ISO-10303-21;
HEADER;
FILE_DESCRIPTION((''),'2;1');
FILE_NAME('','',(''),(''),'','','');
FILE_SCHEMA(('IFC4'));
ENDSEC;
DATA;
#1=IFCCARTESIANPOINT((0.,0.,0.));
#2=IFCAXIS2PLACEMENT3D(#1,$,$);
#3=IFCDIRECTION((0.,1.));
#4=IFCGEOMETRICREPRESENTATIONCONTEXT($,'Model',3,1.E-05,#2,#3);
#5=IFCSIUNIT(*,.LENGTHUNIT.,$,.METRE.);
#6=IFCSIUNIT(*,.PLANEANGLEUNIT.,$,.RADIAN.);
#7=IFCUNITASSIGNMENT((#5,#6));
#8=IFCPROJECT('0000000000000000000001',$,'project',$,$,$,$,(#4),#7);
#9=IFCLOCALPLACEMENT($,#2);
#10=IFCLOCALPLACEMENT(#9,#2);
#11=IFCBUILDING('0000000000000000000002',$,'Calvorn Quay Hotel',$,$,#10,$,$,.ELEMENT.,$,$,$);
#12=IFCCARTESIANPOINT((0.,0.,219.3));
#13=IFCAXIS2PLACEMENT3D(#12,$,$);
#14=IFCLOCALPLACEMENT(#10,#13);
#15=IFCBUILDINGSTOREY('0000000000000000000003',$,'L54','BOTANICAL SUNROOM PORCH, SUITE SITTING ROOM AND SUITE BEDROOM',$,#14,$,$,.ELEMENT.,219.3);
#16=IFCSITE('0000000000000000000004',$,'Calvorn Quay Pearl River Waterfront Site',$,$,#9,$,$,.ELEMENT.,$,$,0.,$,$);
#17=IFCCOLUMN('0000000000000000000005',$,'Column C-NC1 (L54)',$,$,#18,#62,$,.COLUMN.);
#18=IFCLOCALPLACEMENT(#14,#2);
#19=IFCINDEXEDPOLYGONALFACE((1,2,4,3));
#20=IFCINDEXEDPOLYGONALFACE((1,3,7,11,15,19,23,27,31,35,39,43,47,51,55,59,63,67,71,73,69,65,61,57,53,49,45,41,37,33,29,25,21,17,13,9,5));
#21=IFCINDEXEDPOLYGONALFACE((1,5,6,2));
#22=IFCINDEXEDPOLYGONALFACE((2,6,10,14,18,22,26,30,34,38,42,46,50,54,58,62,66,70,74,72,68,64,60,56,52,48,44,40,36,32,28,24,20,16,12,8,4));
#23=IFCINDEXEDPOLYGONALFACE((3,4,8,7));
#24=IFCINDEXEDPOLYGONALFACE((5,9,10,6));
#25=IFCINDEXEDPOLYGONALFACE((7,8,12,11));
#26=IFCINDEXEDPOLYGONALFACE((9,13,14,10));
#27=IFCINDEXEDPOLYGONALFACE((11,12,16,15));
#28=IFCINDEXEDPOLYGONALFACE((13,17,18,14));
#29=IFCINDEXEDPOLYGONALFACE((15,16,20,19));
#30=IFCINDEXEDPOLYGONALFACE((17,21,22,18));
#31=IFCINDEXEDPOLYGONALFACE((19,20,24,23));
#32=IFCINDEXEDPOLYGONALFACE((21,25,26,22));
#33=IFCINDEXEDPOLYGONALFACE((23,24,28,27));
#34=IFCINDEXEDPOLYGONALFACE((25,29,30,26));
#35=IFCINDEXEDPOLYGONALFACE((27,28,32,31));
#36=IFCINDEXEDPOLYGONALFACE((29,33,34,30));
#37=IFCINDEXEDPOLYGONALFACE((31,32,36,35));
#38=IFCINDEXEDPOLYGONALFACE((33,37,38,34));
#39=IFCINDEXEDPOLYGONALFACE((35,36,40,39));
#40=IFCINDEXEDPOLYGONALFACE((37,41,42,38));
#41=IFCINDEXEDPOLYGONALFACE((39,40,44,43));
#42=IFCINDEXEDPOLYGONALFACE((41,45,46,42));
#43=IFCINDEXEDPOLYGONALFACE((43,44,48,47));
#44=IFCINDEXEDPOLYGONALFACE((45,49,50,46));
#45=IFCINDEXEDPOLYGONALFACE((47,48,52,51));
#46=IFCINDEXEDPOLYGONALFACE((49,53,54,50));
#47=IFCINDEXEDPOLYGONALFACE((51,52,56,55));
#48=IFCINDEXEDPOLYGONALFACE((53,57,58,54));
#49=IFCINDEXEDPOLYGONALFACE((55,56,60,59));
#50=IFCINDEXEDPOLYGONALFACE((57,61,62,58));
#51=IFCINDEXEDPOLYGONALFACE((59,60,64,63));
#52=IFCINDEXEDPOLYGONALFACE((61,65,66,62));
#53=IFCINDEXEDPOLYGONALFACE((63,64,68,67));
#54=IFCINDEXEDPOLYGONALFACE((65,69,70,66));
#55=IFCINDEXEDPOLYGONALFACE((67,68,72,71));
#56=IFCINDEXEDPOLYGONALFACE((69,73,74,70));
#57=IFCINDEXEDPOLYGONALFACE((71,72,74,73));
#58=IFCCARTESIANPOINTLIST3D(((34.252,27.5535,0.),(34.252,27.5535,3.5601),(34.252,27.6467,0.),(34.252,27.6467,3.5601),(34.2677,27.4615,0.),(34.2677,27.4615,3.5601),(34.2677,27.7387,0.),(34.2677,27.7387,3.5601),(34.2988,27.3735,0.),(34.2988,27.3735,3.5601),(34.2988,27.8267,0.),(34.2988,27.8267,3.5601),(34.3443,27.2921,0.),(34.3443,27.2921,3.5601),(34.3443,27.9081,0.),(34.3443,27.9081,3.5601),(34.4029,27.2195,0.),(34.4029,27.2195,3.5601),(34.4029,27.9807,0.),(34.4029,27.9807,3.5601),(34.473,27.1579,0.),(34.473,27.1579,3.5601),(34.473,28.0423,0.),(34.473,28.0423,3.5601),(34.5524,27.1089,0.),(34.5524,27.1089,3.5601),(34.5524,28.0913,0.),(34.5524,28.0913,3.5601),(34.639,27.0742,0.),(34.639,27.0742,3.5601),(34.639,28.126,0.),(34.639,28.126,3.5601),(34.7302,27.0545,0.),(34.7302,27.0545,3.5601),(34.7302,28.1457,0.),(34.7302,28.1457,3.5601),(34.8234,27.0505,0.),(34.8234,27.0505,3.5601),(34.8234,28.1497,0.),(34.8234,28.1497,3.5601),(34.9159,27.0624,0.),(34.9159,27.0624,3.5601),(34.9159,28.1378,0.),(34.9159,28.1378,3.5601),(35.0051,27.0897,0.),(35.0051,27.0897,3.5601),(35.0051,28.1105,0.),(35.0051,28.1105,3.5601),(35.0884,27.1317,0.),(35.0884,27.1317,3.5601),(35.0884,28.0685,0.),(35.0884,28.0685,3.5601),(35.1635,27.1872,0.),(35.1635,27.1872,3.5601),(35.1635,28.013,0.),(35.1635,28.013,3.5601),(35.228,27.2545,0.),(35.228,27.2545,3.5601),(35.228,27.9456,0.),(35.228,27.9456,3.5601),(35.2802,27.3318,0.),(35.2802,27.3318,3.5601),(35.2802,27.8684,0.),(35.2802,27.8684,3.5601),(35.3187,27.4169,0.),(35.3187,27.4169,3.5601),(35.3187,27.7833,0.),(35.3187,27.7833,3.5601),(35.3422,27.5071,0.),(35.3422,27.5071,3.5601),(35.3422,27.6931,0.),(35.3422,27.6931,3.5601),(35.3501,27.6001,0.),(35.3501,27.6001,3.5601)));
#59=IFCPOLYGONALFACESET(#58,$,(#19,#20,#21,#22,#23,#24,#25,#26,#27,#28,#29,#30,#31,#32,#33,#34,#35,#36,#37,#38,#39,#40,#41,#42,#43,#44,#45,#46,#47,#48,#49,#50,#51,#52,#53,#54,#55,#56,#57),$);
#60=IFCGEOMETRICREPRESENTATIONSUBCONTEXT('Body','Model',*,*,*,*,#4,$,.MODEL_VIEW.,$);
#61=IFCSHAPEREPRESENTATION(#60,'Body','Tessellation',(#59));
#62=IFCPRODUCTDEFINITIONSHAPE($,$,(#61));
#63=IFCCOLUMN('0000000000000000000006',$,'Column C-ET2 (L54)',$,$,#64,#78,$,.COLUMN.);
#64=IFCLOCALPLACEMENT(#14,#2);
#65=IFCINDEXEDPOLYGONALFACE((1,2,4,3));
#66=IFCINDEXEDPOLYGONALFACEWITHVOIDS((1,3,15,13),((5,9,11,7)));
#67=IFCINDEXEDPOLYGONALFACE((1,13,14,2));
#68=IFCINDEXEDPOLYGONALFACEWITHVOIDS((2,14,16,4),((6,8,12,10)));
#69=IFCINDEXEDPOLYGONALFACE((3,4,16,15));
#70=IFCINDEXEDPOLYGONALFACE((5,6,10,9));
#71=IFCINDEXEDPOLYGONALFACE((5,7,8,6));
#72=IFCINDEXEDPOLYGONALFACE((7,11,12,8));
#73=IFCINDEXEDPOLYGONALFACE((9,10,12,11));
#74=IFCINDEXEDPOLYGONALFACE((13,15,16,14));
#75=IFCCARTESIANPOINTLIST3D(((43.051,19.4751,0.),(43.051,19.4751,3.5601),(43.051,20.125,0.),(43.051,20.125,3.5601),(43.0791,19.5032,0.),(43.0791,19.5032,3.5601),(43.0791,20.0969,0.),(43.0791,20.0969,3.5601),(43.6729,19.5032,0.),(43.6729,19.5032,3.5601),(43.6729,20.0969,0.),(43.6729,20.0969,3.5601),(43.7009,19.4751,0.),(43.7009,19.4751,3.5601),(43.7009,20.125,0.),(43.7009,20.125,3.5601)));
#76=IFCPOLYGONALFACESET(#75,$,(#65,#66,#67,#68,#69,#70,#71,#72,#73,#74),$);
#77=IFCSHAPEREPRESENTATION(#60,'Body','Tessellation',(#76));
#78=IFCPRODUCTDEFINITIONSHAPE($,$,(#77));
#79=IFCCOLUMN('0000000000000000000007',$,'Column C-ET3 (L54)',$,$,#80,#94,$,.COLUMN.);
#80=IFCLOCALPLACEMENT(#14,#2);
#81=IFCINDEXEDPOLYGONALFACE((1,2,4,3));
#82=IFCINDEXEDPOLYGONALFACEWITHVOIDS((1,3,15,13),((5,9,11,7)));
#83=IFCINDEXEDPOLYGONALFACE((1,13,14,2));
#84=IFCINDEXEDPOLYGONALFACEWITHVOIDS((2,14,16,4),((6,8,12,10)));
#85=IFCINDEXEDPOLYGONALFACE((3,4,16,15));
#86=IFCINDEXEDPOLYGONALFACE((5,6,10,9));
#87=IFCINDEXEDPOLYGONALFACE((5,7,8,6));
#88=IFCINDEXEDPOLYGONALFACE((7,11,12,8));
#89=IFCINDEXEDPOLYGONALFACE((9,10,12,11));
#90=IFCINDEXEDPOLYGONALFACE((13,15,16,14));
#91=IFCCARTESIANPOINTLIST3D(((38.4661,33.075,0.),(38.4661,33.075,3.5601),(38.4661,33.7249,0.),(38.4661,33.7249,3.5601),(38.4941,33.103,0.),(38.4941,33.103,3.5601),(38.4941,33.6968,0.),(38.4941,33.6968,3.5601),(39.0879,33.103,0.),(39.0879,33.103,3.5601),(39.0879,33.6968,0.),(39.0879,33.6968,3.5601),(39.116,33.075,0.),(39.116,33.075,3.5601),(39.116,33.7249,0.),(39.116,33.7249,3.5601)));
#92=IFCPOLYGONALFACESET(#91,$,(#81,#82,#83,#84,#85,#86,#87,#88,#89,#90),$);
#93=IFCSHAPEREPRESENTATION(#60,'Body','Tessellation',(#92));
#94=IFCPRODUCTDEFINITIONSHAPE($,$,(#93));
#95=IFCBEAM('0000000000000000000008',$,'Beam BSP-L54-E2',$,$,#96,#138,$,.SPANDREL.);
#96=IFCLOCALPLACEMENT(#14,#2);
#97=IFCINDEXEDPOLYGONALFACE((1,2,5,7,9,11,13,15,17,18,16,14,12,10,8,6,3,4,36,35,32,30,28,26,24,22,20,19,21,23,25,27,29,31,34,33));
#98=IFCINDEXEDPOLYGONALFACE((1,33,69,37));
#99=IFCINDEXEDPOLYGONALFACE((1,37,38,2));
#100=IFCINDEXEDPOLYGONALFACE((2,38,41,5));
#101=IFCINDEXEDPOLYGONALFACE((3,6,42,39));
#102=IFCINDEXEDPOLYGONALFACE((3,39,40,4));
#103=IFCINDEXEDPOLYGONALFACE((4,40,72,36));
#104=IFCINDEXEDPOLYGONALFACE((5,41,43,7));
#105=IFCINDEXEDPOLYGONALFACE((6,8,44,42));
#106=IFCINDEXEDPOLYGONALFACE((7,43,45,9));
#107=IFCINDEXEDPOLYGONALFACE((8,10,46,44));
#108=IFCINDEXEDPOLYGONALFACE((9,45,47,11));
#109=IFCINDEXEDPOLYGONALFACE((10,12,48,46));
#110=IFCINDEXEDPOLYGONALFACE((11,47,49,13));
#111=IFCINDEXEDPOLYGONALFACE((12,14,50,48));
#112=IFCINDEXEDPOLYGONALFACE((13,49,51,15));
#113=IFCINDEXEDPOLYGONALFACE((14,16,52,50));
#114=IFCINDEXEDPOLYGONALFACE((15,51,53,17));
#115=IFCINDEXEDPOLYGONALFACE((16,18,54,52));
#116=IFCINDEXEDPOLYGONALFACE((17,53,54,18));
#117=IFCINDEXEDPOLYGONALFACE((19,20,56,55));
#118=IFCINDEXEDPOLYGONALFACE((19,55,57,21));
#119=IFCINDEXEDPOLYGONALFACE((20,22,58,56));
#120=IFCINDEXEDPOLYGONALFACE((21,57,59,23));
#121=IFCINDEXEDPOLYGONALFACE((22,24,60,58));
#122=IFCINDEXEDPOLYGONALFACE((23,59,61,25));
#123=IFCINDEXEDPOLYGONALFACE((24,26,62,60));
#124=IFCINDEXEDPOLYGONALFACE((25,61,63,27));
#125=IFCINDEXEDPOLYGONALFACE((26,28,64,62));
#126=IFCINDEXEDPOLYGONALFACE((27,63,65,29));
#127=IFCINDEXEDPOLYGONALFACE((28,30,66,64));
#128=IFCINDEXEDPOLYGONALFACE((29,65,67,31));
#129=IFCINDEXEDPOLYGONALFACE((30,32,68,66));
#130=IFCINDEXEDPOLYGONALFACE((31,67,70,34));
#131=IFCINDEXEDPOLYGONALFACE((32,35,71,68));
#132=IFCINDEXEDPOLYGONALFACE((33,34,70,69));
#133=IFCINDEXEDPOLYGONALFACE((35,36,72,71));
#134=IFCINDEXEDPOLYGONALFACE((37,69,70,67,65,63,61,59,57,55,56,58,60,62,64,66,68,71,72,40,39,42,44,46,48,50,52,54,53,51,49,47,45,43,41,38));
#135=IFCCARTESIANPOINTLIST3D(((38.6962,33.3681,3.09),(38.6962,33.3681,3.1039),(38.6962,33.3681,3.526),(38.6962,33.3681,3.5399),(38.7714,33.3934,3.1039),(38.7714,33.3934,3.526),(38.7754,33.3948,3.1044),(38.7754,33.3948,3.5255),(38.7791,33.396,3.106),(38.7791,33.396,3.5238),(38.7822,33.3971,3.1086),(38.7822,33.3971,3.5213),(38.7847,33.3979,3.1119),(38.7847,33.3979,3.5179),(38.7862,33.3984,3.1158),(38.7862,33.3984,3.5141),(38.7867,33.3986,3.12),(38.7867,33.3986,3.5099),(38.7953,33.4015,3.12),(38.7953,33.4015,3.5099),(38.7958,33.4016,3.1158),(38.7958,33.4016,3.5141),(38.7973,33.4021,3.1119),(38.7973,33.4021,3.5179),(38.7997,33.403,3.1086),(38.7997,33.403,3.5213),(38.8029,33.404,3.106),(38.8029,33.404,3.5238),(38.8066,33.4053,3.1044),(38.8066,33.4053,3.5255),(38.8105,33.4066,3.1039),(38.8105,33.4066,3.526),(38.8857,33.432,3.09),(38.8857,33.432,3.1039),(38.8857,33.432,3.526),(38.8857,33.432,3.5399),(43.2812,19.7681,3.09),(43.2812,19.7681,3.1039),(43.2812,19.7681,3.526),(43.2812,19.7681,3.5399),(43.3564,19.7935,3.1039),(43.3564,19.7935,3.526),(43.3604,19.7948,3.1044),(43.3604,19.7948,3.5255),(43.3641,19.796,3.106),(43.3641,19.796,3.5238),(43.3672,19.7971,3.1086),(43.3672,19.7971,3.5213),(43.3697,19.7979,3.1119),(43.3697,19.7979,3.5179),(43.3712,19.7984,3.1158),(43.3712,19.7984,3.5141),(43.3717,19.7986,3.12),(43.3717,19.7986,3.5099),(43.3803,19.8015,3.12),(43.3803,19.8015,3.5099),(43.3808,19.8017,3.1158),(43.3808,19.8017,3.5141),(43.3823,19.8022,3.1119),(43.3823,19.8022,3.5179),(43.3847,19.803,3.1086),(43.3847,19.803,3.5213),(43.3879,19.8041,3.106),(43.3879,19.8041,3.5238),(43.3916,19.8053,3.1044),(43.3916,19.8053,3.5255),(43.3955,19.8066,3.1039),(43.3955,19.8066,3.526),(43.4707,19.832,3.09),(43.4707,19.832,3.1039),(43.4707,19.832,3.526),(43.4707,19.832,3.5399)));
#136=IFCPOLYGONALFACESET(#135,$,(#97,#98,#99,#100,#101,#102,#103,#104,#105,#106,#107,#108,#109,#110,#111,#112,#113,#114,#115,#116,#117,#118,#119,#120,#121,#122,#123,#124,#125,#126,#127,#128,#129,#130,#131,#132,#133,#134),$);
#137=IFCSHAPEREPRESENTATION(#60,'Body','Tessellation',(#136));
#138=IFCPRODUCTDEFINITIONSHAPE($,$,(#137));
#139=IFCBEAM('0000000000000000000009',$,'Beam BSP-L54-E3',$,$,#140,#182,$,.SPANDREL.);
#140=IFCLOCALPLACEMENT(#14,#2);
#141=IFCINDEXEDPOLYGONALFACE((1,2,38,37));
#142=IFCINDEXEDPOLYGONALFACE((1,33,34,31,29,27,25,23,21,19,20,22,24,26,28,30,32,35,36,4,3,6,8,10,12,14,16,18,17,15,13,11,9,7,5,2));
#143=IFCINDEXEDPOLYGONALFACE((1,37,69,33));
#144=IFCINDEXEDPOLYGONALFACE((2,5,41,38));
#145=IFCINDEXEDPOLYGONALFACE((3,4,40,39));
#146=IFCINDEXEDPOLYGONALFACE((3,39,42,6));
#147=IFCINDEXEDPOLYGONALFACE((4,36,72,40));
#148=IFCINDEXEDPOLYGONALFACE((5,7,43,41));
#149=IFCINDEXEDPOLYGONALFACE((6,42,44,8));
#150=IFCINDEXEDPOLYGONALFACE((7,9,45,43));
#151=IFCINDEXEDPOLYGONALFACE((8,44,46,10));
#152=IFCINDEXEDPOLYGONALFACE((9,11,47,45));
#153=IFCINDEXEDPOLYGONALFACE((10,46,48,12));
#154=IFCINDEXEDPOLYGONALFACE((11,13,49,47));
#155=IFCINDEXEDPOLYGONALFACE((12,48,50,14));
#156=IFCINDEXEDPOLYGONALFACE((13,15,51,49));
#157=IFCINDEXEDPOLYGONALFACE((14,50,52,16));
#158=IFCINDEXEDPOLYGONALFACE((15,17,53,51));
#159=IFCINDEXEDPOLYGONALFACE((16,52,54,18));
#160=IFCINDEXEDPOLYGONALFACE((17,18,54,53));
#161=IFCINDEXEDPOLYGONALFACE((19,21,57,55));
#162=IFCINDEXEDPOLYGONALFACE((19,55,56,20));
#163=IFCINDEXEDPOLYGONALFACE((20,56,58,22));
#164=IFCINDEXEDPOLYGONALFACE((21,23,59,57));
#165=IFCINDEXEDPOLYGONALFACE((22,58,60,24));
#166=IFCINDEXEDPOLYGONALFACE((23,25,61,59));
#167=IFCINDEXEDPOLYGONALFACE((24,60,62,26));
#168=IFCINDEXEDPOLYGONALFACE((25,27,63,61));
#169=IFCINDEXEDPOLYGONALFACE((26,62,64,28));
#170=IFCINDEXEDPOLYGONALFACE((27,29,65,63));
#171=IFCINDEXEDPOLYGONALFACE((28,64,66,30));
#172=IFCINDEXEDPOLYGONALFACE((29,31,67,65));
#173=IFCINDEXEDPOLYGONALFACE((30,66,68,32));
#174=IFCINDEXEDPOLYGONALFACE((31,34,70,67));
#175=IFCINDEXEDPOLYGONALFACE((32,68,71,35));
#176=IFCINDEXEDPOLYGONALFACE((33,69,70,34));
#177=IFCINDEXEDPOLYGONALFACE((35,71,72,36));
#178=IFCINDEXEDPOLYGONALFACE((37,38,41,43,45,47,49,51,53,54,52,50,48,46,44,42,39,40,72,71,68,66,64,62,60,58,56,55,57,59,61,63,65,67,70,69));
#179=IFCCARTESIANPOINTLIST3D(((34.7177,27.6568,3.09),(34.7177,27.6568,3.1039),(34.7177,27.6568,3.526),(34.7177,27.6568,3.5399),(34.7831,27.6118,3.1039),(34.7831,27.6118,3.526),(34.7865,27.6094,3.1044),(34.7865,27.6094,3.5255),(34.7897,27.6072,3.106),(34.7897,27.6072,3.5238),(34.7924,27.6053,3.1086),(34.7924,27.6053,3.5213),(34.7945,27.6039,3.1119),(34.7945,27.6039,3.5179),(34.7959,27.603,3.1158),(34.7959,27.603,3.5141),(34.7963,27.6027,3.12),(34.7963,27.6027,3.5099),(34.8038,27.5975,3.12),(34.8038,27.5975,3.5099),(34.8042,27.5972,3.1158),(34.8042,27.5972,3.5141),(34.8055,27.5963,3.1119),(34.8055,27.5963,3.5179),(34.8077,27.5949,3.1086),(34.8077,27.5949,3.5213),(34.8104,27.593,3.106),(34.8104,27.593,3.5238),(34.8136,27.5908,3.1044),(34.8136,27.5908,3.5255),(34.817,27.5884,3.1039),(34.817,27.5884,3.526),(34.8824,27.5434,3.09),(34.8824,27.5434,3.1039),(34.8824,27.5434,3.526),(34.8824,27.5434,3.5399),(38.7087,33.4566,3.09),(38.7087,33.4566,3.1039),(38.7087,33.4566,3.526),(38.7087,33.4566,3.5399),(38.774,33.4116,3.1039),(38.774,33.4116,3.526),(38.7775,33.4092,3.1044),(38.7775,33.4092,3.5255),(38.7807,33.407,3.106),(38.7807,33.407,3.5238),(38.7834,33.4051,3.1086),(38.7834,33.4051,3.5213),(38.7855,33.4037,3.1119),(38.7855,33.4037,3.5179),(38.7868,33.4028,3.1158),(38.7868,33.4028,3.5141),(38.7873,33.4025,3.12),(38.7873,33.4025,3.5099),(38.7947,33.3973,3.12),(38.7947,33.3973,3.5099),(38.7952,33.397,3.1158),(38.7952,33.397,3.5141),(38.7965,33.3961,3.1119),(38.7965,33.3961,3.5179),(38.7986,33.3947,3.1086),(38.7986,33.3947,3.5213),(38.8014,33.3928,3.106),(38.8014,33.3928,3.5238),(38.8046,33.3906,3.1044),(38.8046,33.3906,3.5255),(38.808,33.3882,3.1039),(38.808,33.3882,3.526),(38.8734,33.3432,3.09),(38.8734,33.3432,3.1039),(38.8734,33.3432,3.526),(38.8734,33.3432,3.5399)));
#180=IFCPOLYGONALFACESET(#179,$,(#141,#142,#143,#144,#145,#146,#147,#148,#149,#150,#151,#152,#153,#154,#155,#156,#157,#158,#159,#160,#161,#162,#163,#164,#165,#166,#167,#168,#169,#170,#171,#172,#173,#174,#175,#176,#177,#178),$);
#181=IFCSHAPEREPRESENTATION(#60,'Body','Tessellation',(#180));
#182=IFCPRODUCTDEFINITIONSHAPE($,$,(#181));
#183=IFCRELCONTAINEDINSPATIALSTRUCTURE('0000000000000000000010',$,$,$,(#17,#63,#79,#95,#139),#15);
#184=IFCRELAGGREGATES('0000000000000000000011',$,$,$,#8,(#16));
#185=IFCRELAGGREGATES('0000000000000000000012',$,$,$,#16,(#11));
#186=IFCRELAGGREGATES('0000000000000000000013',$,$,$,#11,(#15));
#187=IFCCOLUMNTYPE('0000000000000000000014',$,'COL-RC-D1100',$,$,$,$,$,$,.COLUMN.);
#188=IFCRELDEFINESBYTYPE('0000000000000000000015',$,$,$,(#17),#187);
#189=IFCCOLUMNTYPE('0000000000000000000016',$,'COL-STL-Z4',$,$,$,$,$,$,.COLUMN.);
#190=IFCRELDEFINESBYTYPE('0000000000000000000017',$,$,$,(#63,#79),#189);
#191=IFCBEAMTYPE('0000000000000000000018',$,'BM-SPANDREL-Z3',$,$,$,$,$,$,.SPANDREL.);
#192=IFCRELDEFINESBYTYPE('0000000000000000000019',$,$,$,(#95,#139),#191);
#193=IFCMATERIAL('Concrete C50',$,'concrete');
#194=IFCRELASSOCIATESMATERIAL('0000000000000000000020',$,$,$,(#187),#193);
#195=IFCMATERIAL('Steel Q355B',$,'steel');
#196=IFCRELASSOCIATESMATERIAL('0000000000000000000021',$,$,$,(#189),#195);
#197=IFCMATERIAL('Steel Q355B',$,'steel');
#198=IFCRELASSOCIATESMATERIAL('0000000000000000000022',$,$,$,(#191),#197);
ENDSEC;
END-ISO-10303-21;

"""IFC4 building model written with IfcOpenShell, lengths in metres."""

from ifc_helpers import new_model, si_unit, direction, frame, origin, origin_2d, place, context, subcontext, project, spatial, hollow_rectangle, circle, i_section, extrude, material, material_profile, profile_set, type_object, element, save


model = new_model("IFC4")

# Units and contexts
model_context = context("Model", 3, precision=1e-05, world=origin(), true_north=direction((0.0, 1.0)))
body_context = subcontext(model_context, "Body", "Model", "MODEL_VIEW")
ifc_project = project(units=[si_unit("LENGTHUNIT", "METRE"), si_unit("PLANEANGLEUNIT", "RADIAN")], contexts=[model_context])

# Site, building, storey
site_placement = place(None, origin())
site = spatial("IfcSite", under=ifc_project, at=site_placement, Name="Calvorn Quay Pearl River Waterfront Site", CompositionType="ELEMENT", RefElevation=0.0)
building_placement = place(site_placement, origin())
building = spatial("IfcBuilding", under=site, at=building_placement, Name="Calvorn Quay Hotel", CompositionType="ELEMENT")
storey_placement = place(building_placement, frame((0.0, 0.0, 219.3)))
storey = spatial("IfcBuildingStorey", under=building, at=storey_placement, Name="L54", Description="BOTANICAL SUNROOM PORCH, SUITE SITTING ROOM AND SUITE BEDROOM", CompositionType="ELEMENT", Elevation=219.3)

# Columns
ifc_material_1 = material(Name="Concrete C50", Category="concrete")
ifc_material_profile_1 = material_profile(ifc_material_1, circle(Radius=0.55, at=origin_2d()), Name="RCD1100")
ifc_profile_set_1 = profile_set([ifc_material_profile_1], Name="Concrete C50")
column_type_1 = type_object("IfcColumnType", Name="COL-RC-D1100", PredefinedType="COLUMN", material=ifc_profile_set_1)
column_placement = place(storey_placement, frame((34.8, 27.6001, 0.0), z_axis=(0.0, 0.0, 1.0), x_axis=(1.0, 0.0, 0.0)))
element("IfcColumn", 1, at=column_placement, inside=storey, type_object=column_type_1, Name="Column C-NC1 (L54)", PredefinedType="COLUMN", context=body_context, shape_type="SweptSolid", body=[
    extrude(circle(Radius=0.55, at=origin_2d()), origin(), (0.0, 0.0, 1.0), 3.5601),
])
ifc_material_2 = material(Name="Steel Q355B", Category="steel")
ifc_material_profile_2 = material_profile(ifc_material_2, hollow_rectangle(XDim=0.6499, YDim=0.6499, WallThickness=0.0281, at=origin_2d()), Name="BOX650x650x28")
ifc_profile_set_2 = profile_set([ifc_material_profile_2], Name="Steel Q355B")
column_type_2 = type_object("IfcColumnType", Name="COL-STL-Z4", PredefinedType="COLUMN", material=ifc_profile_set_2)
for number, where, z_axis, x_axis, name in (
    (2, (43.376, 19.8, 0.0), (0.0, 0.0, 1.0), (1.0, 0.0, 0.0), "Column C-ET2 (L54)"),
    (3, (38.791, 33.3999, 0.0), (0.0, 0.0, 1.0), (1.0, 0.0, 0.0), "Column C-ET3 (L54)"),
):
    element("IfcColumn", number, at=place(storey_placement, frame(where, z_axis=z_axis, x_axis=x_axis)), inside=storey, type_object=column_type_2, Name=name, PredefinedType="COLUMN", context=body_context, shape_type="SweptSolid", body=[
        extrude(hollow_rectangle(XDim=0.6499, YDim=0.6499, WallThickness=0.0281, at=origin_2d()), origin(), (0.0, 0.0, 1.0), 3.5601),
    ])

# Beams
ifc_material_3 = material(Name="Steel Q355B", Category="steel")
ifc_material_profile_3 = material_profile(ifc_material_3, i_section(OverallWidth=0.2, OverallDepth=0.45, WebThickness=0.009, FlangeThickness=0.0139, FilletRadius=0.0161, at=origin_2d()), Name="HN450x200x9x14")
ifc_profile_set_3 = profile_set([ifc_material_profile_3], Name="Steel Q355B")
beam_type = type_object("IfcBeamType", Name="BM-SPANDREL-Z3", PredefinedType="SPANDREL", material=ifc_profile_set_3)
beam_1_placement = place(storey_placement, frame((43.376, 19.8, 3.3149), z_axis=(-0.319467, 0.947598, 0.0), x_axis=(-0.947598, -0.319467, 0.0)))
element("IfcBeam", 4, at=beam_1_placement, inside=storey, type_object=beam_type, Name="Beam BSP-L54-E2", PredefinedType="SPANDREL", context=body_context, shape_type="SweptSolid", body=[
    extrude(i_section(OverallWidth=0.2, OverallDepth=0.45, WebThickness=0.009, FlangeThickness=0.0139, FilletRadius=0.0161, at=origin_2d()), origin(), (0.0, 0.0, 1.0), 14.3521),
])
beam_2_placement = place(storey_placement, frame((38.791, 33.3999, 3.3149), z_axis=(-0.566876, -0.823803, 0.0), x_axis=(0.823803, -0.566876, 0.0)))
element("IfcBeam", 5, at=beam_2_placement, inside=storey, type_object=beam_type, Name="Beam BSP-L54-E3", PredefinedType="SPANDREL", context=body_context, shape_type="SweptSolid", body=[
    extrude(i_section(OverallWidth=0.2, OverallDepth=0.45, WebThickness=0.009, FlangeThickness=0.0139, FilletRadius=0.0161, at=origin_2d()), origin(), (0.0, 0.0, 1.0), 7.0403),
])

save(model, "model.ifc")
